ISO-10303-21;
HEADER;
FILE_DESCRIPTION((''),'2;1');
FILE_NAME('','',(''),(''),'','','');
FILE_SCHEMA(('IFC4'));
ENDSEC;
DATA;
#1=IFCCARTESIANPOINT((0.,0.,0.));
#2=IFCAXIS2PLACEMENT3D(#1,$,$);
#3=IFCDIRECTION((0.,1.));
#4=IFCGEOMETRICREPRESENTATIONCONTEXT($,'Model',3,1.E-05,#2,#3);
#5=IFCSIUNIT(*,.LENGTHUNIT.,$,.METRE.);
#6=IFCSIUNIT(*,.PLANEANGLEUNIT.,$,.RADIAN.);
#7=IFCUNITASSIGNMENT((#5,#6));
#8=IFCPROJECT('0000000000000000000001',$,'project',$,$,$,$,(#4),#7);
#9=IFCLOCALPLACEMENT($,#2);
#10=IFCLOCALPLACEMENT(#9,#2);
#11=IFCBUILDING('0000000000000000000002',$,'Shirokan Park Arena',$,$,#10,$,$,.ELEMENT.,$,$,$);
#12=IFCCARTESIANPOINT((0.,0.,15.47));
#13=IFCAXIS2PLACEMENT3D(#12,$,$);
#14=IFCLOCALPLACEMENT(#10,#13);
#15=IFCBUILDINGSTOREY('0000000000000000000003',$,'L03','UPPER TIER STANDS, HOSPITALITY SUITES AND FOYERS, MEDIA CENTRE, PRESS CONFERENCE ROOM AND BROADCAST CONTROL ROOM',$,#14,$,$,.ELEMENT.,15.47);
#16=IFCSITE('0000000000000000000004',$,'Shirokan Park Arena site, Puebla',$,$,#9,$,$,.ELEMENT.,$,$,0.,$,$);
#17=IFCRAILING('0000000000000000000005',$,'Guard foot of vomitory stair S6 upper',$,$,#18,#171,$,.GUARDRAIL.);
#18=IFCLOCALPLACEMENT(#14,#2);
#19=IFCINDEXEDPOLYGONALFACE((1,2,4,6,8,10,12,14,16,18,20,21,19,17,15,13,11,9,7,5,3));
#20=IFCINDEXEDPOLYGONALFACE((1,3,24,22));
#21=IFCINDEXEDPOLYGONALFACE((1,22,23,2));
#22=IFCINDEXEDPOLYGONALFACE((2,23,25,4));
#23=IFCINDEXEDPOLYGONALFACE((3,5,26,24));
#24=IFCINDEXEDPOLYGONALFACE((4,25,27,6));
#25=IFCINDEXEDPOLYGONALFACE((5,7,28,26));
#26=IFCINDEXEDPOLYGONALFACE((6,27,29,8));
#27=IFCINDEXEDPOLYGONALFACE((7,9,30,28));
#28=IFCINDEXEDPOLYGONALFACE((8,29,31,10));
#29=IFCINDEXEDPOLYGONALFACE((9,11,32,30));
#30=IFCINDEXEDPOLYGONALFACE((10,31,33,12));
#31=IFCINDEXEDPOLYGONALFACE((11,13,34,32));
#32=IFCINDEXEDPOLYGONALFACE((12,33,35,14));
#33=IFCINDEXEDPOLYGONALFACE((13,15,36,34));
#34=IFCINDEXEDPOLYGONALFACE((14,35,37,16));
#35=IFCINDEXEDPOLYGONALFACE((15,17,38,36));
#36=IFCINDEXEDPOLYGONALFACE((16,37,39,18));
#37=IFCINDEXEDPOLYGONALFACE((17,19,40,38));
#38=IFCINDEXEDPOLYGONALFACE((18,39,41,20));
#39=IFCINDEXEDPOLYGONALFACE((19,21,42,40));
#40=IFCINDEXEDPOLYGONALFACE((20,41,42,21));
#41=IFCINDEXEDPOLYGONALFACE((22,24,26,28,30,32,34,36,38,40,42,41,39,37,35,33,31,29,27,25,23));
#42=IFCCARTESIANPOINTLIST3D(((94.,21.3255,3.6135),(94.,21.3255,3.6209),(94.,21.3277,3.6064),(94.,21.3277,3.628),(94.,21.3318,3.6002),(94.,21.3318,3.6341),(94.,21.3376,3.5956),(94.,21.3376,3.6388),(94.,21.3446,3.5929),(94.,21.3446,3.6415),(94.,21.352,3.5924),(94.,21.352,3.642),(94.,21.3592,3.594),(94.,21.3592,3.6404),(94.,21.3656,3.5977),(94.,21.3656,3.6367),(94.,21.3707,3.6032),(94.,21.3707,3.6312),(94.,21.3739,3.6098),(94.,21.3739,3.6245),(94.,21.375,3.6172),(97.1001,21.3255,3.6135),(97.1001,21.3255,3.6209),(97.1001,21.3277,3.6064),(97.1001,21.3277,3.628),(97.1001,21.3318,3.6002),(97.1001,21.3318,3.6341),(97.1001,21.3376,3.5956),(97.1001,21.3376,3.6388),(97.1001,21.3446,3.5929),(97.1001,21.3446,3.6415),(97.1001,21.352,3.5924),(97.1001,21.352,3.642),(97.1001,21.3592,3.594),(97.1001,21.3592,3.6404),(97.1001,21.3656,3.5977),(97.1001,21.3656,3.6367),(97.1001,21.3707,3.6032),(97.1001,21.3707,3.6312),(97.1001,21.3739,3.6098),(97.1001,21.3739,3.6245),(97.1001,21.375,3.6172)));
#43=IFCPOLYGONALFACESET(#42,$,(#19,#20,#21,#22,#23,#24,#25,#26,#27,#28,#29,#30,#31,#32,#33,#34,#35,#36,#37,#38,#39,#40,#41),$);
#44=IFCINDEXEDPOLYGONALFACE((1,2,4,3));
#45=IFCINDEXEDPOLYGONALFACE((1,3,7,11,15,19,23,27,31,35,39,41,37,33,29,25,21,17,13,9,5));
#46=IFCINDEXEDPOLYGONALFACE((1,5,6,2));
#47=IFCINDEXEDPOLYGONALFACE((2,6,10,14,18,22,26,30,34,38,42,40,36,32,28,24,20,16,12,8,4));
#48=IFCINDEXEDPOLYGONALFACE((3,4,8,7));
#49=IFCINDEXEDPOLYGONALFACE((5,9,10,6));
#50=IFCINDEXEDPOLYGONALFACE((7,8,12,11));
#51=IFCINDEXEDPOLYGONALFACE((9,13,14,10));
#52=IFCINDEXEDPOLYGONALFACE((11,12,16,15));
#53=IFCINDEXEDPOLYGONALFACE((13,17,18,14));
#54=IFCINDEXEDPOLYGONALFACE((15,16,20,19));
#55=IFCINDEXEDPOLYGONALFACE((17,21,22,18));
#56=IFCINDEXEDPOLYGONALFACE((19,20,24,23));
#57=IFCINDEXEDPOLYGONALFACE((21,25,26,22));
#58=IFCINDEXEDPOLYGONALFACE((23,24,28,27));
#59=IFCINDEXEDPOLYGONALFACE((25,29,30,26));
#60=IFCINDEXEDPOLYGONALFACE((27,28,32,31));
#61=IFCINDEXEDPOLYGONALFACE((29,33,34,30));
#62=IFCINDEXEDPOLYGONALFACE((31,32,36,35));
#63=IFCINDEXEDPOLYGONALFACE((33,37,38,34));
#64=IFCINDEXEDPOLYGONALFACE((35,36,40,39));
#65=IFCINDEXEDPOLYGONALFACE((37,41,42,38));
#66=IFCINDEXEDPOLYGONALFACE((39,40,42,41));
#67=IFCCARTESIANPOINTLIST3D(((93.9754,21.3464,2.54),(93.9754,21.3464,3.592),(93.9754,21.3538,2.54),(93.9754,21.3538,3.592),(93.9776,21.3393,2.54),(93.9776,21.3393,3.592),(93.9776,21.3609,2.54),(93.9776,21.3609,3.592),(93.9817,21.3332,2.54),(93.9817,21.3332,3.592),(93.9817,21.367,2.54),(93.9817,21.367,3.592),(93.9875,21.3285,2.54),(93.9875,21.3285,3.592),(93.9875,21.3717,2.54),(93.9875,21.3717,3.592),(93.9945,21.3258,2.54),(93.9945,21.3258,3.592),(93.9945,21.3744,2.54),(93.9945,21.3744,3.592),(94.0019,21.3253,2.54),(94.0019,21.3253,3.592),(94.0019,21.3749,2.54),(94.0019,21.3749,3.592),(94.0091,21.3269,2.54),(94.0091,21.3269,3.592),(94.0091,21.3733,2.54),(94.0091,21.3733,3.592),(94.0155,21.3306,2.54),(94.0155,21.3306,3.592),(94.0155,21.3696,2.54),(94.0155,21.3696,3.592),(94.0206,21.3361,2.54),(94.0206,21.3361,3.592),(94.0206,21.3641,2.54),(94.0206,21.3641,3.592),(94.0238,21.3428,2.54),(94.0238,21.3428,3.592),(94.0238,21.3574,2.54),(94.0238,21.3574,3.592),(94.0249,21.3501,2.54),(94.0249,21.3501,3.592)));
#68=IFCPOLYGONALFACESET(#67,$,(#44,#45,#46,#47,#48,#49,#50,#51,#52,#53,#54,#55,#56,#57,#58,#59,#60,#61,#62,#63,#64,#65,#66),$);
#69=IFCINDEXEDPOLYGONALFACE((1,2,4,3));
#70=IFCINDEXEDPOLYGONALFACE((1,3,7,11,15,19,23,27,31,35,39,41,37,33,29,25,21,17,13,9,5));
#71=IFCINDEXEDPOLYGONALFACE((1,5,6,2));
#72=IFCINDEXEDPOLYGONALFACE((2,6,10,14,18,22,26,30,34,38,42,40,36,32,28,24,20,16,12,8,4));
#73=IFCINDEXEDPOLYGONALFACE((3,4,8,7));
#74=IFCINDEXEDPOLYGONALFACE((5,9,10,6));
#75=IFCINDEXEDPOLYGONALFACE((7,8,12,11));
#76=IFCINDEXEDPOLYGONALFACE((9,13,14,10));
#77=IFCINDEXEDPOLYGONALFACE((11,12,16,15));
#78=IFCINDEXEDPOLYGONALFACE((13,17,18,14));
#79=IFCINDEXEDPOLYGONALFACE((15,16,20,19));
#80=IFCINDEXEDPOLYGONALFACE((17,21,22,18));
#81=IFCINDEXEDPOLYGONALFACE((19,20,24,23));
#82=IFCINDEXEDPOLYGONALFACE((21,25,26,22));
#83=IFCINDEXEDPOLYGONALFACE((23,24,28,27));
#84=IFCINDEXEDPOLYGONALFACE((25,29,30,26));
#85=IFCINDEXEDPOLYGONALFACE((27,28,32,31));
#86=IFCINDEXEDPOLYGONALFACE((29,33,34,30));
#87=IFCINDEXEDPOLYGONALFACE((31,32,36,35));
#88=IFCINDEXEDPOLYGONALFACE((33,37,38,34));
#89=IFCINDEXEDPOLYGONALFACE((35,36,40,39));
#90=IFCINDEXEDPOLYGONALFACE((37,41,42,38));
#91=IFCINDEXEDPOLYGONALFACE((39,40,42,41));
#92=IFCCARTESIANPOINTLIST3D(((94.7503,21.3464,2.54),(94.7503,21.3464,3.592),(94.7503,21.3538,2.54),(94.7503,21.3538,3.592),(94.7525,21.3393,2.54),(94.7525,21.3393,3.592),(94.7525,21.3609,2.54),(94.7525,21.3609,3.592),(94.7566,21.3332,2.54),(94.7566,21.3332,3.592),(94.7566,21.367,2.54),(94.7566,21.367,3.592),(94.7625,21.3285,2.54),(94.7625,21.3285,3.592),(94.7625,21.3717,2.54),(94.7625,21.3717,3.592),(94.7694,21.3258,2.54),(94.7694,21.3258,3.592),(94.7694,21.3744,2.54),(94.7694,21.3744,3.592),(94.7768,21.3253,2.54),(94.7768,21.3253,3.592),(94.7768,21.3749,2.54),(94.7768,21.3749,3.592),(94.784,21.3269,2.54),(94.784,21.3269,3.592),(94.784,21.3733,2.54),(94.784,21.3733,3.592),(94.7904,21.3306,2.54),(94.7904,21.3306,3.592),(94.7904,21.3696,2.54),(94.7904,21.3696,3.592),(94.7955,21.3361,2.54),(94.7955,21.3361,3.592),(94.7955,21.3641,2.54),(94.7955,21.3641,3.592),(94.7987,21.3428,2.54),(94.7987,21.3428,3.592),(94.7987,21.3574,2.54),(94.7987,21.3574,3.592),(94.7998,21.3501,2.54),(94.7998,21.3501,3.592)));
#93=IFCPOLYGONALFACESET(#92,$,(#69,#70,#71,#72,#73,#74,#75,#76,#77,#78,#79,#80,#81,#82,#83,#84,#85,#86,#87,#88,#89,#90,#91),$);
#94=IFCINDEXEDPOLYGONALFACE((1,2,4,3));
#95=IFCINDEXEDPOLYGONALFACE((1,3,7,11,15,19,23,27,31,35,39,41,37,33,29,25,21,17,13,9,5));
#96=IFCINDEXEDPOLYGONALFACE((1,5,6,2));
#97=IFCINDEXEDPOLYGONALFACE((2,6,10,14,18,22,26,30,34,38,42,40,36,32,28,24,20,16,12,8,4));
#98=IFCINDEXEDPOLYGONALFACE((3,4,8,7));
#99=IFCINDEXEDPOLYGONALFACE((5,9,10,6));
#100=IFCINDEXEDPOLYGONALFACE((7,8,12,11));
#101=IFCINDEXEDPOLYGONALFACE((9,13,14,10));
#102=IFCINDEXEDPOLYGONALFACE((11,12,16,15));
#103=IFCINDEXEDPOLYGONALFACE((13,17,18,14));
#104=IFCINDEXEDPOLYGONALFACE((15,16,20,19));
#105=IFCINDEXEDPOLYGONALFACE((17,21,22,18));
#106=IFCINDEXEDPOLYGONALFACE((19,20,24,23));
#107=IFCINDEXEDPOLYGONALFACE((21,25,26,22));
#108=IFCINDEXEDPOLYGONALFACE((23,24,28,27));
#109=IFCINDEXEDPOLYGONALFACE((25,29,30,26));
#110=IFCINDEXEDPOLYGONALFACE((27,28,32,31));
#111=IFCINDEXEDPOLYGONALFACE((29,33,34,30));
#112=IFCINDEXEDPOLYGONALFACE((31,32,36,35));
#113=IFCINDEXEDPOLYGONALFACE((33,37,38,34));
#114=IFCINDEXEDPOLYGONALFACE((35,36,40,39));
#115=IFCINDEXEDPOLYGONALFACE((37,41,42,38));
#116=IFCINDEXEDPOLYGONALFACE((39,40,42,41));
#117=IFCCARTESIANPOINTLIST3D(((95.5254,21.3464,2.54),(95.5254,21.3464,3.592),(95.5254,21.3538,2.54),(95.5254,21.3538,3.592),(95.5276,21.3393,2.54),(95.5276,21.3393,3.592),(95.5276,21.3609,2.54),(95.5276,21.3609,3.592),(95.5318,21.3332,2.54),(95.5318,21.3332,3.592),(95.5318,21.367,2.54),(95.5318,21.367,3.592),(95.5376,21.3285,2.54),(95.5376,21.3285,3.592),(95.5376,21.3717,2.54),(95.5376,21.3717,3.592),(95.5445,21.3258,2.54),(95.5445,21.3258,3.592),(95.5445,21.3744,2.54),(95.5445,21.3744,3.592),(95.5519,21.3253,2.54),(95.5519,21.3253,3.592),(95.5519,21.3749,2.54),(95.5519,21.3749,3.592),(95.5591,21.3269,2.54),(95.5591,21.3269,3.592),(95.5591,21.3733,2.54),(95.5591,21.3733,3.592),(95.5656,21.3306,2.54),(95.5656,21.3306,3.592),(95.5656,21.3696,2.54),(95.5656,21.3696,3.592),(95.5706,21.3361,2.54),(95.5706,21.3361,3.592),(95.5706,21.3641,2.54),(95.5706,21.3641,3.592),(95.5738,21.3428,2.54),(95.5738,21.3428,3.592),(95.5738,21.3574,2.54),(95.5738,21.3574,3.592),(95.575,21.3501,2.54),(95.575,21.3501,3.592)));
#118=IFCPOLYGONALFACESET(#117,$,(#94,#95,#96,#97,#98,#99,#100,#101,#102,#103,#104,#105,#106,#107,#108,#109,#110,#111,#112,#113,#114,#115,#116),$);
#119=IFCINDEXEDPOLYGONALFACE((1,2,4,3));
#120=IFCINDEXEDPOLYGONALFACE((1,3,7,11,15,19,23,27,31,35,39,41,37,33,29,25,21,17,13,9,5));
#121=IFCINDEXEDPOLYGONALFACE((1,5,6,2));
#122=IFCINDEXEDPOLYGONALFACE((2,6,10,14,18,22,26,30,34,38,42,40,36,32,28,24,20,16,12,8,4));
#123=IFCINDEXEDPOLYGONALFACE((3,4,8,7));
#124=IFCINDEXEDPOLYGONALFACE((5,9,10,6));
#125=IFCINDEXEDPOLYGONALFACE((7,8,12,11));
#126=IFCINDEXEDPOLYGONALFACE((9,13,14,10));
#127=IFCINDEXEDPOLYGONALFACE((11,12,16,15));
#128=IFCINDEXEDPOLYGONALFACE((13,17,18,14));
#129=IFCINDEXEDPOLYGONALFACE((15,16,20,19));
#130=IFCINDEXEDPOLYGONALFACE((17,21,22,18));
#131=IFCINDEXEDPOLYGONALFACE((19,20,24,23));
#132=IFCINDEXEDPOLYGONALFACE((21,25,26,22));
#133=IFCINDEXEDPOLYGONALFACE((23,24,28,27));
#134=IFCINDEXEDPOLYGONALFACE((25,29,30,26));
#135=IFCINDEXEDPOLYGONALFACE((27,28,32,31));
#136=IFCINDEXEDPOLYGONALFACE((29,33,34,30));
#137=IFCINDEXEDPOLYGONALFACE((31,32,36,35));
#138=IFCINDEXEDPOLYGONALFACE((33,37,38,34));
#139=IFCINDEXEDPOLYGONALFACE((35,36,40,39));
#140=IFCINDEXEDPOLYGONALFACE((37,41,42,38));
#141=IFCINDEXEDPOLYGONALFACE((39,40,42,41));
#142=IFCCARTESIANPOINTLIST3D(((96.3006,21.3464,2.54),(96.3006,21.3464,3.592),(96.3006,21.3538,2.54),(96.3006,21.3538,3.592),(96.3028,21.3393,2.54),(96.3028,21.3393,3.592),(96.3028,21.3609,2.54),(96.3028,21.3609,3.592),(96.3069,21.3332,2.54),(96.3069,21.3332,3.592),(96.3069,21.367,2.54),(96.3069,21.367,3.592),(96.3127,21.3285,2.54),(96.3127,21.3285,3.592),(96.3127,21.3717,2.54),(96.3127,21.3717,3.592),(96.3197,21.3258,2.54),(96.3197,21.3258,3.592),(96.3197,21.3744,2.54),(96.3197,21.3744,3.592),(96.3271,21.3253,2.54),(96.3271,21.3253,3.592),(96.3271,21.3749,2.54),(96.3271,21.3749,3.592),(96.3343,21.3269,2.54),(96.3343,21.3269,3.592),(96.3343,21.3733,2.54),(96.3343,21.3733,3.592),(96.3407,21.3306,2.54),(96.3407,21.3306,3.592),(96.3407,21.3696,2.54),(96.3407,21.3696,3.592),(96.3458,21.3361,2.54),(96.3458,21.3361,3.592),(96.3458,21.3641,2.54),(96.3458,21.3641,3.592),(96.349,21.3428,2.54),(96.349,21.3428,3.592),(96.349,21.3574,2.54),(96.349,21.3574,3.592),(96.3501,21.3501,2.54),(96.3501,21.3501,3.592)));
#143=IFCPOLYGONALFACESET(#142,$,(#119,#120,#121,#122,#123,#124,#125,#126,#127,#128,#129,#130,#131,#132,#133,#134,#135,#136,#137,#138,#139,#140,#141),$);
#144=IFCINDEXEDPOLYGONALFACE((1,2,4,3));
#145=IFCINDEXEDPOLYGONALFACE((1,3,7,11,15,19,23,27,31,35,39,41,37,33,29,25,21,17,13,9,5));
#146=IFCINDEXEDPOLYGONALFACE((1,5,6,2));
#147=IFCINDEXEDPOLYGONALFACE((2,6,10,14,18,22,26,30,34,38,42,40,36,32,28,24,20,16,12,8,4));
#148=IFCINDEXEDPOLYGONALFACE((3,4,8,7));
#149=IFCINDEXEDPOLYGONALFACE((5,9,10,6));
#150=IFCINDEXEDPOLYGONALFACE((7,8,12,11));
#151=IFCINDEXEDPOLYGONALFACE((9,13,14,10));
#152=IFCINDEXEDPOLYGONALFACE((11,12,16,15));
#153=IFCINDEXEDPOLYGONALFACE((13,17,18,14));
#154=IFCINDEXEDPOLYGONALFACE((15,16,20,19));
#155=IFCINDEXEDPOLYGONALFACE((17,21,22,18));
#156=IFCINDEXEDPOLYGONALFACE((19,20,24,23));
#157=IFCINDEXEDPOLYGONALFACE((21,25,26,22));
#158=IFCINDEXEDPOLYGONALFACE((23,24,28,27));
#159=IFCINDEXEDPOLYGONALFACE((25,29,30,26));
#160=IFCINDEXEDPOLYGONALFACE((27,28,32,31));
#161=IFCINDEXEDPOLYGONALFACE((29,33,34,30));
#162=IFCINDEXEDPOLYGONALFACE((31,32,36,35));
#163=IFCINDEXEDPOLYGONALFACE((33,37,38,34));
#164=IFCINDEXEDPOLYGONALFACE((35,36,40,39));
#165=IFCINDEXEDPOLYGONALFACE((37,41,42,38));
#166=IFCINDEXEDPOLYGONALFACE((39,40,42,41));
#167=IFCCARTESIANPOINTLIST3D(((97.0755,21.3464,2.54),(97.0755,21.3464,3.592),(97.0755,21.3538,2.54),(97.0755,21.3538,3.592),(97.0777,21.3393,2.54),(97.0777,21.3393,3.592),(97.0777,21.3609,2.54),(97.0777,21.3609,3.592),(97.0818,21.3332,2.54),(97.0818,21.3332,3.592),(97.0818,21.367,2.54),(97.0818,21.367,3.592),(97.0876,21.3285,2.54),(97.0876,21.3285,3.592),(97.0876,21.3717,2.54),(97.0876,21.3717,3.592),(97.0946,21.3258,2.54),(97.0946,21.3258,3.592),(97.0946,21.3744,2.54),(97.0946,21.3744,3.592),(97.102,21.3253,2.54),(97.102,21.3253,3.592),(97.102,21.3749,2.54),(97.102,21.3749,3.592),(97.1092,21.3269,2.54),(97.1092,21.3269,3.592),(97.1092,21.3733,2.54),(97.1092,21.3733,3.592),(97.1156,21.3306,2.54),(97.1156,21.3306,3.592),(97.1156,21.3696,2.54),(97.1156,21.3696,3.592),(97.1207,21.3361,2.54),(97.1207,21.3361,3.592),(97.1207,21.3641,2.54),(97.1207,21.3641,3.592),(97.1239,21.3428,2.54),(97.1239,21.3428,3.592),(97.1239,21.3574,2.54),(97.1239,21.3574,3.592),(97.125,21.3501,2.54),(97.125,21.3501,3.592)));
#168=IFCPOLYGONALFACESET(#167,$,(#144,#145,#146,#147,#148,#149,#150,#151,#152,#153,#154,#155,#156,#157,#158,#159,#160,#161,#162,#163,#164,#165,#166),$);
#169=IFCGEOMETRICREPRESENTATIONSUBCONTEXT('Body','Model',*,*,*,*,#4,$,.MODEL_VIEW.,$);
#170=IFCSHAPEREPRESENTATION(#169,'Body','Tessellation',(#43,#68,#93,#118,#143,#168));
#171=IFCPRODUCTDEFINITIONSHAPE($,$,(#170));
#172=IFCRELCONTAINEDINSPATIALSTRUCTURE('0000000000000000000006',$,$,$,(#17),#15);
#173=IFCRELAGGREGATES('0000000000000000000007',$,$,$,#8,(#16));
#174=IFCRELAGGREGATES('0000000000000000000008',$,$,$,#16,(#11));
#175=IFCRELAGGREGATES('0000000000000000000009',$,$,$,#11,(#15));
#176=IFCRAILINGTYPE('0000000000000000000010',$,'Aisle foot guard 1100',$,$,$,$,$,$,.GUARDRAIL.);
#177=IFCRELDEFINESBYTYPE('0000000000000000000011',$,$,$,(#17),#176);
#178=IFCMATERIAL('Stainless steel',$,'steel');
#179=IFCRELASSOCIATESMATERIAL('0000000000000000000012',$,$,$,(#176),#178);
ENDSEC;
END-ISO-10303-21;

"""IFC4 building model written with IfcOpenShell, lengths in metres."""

from ifc_helpers import new_model, si_unit, direction, frame, origin, origin_2d, place, context, subcontext, project, spatial, circle, extrude, material, type_object, element, save


model = new_model("IFC4")

# Units and contexts
model_context = context("Model", 3, precision=1e-05, world=origin(), true_north=direction((0.0, 1.0)))
body_context = subcontext(model_context, "Body", "Model", "MODEL_VIEW")
ifc_project = project(units=[si_unit("LENGTHUNIT", "METRE"), si_unit("PLANEANGLEUNIT", "RADIAN")], contexts=[model_context])

# Site, building, storey
site_placement = place(None, origin())
site = spatial("IfcSite", under=ifc_project, at=site_placement, Name="Shirokan Park Arena site, Puebla", CompositionType="ELEMENT", RefElevation=0.0)
building_placement = place(site_placement, origin())
building = spatial("IfcBuilding", under=site, at=building_placement, Name="Shirokan Park Arena", CompositionType="ELEMENT")
storey_placement = place(building_placement, frame((0.0, 0.0, 15.47)))
storey = spatial("IfcBuildingStorey", under=building, at=storey_placement, Name="L03", Description="UPPER TIER STANDS, HOSPITALITY SUITES AND FOYERS, MEDIA CENTRE, PRESS CONFERENCE ROOM AND BROADCAST CONTROL ROOM", CompositionType="ELEMENT", Elevation=15.47)

# Railing
ifc_material_1 = material(Name="Stainless steel", Category="steel")
railing_type_1 = type_object("IfcRailingType", Name="Aisle foot guard 1100", PredefinedType="GUARDRAIL", material=ifc_material_1)
for number, where, name in (
    (1, (94.0, 21.3501, 2.54), "Guard foot of vomitory stair S6 upper"),
):
    element("IfcRailing", number, at=place(storey_placement, frame(where)), inside=storey, type_object=railing_type_1, Name=name, PredefinedType="GUARDRAIL", context=body_context, shape_type="SweptSolid", body=[
        extrude(circle(Radius=0.0249, at=origin_2d()), frame((0.0, 0.0, 1.0771), z_axis=(1.0, 0.0, 0.0), x_axis=(0.0, 1.0, 0.0)), (0.0, 0.0, 1.0), 3.1001),
        extrude(circle(Radius=0.0249, at=origin_2d()), origin(), (0.0, 0.0, 1.0), 1.052),
        extrude(circle(Radius=0.0249, at=origin_2d()), frame((0.7749, 0.0, 0.0)), (0.0, 0.0, 1.0), 1.052),
        extrude(circle(Radius=0.0249, at=origin_2d()), frame((1.55, 0.0, 0.0)), (0.0, 0.0, 1.0), 1.052),
        extrude(circle(Radius=0.0249, at=origin_2d()), frame((2.3252, 0.0, 0.0)), (0.0, 0.0, 1.0), 1.052),
        extrude(circle(Radius=0.0249, at=origin_2d()), frame((3.1001, 0.0, 0.0)), (0.0, 0.0, 1.0), 1.052),
    ])

save(model, "model.ifc")
